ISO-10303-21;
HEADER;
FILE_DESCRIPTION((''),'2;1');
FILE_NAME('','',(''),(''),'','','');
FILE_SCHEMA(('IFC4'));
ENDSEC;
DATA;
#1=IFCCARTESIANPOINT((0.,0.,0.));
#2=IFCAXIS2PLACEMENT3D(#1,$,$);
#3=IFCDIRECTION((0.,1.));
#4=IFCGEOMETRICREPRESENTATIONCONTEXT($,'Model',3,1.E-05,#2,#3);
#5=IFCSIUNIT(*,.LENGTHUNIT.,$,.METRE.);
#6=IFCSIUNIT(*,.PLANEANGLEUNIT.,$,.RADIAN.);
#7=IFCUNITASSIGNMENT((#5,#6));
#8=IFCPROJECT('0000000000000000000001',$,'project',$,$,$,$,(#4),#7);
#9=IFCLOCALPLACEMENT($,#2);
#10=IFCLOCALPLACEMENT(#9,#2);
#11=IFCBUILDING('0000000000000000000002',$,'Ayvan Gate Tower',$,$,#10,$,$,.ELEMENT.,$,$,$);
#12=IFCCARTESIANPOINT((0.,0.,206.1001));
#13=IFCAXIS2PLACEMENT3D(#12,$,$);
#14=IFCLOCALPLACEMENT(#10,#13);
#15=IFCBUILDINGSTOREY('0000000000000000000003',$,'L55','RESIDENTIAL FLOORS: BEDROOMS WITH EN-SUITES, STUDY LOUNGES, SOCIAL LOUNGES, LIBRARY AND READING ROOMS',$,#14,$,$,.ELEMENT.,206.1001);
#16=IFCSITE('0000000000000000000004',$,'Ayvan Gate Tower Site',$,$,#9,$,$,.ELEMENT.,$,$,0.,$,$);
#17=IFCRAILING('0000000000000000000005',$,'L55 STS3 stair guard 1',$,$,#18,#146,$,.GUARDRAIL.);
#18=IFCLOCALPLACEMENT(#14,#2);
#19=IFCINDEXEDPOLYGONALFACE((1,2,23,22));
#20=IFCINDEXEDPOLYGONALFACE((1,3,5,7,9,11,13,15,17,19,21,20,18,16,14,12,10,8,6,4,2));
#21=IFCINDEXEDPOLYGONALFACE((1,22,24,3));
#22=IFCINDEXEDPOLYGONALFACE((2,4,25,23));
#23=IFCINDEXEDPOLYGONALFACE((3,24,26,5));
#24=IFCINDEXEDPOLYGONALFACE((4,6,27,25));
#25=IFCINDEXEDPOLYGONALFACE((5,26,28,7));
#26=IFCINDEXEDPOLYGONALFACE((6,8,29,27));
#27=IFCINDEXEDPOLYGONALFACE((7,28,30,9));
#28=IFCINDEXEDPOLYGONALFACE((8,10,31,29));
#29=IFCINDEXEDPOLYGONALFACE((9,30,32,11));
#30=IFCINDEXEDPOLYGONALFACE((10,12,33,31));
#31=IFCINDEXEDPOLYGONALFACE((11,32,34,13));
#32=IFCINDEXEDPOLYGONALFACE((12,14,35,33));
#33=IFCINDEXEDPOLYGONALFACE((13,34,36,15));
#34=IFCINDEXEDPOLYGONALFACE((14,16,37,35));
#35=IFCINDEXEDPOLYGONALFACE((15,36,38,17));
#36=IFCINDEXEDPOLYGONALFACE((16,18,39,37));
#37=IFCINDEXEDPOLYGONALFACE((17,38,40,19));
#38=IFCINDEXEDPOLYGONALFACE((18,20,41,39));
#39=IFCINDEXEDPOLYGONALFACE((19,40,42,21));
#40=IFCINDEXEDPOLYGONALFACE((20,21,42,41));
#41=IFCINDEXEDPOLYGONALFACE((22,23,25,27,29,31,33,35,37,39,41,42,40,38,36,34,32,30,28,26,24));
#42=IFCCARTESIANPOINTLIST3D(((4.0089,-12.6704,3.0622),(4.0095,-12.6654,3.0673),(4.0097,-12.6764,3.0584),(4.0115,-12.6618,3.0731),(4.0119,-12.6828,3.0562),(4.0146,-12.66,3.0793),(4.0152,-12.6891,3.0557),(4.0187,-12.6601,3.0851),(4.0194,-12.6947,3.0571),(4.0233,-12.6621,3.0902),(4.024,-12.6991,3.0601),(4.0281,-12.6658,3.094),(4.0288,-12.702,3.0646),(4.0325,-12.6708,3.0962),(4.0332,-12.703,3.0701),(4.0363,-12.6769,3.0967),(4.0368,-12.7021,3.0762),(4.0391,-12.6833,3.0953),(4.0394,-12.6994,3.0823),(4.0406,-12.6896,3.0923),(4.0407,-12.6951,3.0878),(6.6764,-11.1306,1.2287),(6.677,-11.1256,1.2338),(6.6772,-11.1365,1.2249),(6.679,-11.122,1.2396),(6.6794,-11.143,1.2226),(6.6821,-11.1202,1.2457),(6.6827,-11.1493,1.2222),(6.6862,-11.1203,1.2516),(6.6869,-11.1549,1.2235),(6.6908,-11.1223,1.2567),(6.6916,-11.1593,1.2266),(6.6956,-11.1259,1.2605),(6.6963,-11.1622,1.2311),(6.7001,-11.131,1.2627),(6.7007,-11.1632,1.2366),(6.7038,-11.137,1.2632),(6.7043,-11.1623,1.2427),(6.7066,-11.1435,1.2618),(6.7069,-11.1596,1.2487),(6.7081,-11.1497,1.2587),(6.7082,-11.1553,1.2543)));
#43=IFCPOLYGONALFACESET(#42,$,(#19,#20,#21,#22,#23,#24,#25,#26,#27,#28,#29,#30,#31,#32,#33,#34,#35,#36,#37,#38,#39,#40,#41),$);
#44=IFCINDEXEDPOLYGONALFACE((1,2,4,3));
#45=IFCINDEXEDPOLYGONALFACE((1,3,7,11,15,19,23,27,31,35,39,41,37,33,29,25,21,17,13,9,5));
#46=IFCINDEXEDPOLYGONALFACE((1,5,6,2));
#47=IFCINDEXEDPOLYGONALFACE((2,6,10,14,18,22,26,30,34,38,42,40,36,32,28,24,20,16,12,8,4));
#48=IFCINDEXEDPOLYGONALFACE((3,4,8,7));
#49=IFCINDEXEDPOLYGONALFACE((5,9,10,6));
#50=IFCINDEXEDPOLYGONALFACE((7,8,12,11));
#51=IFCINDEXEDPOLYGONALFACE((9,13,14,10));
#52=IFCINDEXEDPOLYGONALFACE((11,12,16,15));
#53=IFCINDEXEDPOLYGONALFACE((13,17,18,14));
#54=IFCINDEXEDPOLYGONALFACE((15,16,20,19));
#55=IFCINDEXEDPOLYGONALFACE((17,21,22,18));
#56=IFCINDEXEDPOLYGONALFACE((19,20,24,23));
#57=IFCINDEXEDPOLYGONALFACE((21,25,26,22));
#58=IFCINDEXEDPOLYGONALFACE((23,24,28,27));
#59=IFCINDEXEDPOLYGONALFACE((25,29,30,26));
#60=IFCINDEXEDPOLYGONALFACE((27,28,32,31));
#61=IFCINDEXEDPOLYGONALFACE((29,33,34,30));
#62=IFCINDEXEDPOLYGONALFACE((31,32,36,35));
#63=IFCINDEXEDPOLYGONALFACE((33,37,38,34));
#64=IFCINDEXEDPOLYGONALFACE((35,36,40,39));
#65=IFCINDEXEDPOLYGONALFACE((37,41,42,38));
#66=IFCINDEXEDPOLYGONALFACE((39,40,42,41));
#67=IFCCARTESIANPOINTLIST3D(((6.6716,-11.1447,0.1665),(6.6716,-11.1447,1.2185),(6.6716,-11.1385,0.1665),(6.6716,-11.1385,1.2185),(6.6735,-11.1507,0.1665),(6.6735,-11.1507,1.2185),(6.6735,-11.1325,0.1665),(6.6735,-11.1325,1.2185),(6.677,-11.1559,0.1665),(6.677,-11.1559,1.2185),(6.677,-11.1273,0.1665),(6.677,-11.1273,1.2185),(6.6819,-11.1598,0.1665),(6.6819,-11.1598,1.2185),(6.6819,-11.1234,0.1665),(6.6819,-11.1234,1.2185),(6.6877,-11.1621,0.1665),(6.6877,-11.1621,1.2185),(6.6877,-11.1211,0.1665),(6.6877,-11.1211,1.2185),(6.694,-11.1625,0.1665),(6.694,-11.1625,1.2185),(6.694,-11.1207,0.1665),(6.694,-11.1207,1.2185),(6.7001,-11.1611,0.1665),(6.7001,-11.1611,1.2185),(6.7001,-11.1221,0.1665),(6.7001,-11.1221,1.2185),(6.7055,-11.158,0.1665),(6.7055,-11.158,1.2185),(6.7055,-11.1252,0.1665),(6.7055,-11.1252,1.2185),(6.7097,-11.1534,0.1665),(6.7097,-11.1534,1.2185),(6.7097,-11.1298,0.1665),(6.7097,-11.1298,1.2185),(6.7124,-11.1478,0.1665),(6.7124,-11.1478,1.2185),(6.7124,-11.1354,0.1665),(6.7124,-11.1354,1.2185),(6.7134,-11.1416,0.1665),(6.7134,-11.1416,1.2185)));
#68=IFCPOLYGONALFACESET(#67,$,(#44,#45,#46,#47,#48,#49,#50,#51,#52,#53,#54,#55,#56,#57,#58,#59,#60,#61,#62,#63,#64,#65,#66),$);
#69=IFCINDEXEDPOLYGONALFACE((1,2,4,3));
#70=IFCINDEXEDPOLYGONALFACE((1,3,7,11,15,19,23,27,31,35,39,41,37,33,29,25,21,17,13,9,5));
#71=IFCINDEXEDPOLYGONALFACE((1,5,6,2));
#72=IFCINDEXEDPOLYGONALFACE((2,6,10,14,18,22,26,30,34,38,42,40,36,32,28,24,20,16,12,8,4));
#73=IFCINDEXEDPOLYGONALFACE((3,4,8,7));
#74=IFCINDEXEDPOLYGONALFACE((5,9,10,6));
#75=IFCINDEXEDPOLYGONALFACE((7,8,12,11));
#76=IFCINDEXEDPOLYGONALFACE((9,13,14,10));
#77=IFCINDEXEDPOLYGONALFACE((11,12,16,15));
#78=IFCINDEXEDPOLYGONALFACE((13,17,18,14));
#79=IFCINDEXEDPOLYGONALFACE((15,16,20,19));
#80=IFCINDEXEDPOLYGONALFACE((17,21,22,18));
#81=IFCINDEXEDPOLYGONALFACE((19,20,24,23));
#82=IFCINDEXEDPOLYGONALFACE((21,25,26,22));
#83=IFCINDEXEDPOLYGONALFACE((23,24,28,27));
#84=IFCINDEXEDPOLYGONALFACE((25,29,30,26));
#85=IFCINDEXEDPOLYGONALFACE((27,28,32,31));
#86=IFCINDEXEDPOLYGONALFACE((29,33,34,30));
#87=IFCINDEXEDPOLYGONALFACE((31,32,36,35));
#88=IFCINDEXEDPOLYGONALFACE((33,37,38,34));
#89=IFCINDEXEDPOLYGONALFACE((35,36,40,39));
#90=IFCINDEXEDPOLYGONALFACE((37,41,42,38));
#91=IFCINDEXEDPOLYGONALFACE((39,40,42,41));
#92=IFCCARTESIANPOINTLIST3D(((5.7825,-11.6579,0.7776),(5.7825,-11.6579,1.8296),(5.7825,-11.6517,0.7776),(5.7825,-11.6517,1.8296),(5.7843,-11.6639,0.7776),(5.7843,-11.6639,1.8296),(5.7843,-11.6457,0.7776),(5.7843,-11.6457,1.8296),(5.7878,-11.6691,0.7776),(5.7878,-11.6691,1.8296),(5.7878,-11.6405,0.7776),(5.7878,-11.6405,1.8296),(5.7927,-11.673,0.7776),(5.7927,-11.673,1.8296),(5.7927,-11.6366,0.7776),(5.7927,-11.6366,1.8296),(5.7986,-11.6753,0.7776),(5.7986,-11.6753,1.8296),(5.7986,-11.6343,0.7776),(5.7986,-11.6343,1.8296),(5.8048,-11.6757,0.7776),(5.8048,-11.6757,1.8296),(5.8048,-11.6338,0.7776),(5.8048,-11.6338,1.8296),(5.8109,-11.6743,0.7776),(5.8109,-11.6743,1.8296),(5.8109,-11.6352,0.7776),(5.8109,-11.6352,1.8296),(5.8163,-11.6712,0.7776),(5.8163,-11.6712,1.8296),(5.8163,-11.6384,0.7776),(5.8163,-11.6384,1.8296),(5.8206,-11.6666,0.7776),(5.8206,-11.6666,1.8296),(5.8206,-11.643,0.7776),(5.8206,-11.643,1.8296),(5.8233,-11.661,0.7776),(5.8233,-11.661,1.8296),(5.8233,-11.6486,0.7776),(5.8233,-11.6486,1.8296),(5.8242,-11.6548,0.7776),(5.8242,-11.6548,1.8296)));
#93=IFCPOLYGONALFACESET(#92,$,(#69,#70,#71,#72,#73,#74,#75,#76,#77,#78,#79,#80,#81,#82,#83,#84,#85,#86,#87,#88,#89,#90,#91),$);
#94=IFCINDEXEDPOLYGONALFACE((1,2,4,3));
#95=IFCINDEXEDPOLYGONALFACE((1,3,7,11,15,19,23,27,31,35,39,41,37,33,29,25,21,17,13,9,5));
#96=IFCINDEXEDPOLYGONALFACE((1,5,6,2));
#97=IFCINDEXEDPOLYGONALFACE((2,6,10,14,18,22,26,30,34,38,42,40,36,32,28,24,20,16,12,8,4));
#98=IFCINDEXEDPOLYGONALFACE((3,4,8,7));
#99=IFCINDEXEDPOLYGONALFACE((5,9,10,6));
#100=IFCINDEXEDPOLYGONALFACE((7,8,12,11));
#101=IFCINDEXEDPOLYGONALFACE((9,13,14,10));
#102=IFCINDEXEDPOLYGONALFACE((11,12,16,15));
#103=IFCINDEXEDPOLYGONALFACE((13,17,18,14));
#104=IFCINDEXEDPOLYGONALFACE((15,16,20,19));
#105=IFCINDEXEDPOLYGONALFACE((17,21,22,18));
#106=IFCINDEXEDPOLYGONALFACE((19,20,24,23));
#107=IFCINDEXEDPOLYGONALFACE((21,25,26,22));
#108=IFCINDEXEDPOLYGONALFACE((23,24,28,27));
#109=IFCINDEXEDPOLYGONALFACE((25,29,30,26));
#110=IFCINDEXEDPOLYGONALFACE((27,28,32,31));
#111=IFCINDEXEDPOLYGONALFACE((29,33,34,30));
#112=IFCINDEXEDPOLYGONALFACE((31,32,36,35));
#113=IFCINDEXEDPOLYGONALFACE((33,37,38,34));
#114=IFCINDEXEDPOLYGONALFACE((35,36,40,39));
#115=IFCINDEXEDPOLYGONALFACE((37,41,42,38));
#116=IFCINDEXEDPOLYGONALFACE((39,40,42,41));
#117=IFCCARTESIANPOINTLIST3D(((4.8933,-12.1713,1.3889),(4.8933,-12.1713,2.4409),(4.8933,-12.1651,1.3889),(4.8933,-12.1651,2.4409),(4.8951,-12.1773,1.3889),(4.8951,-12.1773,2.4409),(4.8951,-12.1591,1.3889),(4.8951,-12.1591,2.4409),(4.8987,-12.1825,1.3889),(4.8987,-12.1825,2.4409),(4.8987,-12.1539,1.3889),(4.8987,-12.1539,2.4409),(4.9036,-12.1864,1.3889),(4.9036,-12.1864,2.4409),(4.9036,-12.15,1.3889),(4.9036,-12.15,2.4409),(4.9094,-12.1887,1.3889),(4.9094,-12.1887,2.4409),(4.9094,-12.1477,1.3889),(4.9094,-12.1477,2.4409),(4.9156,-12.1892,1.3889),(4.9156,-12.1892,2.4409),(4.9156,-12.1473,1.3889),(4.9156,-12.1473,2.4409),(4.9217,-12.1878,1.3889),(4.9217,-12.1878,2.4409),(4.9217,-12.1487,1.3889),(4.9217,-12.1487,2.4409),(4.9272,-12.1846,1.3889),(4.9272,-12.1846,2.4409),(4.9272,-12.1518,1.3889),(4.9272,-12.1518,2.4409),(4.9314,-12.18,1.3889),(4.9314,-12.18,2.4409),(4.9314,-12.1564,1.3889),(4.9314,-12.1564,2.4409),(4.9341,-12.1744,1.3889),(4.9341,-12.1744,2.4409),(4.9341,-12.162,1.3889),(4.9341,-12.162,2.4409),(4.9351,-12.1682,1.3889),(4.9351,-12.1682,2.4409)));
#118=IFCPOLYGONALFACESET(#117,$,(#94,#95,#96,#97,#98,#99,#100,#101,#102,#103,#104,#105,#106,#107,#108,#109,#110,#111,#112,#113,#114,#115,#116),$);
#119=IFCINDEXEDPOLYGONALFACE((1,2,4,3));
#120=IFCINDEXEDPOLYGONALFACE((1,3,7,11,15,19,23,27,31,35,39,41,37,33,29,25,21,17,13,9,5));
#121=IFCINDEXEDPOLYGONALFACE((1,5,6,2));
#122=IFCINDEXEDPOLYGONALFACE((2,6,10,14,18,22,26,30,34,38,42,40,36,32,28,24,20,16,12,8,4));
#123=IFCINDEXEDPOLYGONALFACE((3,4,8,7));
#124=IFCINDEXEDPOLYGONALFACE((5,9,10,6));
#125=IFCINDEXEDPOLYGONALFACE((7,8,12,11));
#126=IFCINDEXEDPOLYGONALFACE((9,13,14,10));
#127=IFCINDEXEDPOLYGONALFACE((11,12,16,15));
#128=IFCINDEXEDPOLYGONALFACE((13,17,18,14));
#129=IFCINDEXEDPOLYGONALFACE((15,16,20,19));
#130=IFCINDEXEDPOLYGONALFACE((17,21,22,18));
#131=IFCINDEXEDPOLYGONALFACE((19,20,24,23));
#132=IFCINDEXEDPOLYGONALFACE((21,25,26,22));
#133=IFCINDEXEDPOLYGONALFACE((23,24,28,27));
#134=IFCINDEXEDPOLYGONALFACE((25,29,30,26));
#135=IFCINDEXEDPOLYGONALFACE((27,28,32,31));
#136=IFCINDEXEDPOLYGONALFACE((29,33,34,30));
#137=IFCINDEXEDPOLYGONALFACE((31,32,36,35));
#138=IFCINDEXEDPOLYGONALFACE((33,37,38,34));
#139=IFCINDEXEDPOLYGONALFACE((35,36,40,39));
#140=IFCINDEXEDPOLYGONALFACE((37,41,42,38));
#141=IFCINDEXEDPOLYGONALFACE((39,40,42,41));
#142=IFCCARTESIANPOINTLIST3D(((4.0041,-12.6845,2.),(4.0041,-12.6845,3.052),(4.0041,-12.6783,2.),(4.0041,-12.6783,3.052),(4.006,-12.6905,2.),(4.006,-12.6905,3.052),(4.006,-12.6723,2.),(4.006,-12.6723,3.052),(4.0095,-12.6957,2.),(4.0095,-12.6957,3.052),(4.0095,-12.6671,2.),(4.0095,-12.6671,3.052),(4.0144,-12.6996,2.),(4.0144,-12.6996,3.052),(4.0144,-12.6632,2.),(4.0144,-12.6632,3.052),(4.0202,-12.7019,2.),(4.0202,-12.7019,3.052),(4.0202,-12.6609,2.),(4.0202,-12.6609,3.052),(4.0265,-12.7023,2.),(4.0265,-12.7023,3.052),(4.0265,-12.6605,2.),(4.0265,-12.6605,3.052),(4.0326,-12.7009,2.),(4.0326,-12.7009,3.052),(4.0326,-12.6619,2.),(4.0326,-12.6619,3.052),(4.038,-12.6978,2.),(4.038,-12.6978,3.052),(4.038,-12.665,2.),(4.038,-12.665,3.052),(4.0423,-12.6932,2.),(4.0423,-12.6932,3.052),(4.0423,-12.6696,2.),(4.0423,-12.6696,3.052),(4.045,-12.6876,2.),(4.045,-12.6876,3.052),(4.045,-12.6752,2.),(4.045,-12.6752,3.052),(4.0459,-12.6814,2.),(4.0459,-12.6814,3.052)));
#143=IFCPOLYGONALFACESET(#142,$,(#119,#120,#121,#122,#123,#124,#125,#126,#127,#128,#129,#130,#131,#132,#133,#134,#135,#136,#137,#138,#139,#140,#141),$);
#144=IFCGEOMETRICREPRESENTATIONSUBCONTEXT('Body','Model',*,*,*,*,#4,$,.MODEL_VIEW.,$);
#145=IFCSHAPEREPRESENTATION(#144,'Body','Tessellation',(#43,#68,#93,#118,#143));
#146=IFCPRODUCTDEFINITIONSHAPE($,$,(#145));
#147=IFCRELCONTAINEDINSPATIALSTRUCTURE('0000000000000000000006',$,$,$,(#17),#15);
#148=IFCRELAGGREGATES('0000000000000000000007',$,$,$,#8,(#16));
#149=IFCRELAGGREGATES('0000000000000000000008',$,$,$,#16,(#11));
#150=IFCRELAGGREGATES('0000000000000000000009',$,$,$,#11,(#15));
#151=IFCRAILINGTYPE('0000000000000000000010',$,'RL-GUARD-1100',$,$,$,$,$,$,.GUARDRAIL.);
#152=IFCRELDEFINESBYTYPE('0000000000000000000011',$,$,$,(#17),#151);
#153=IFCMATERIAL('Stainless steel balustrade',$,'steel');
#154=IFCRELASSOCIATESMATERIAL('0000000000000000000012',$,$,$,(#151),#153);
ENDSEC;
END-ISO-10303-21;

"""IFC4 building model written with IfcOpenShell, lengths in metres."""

from ifc_helpers import new_model, si_unit, direction, frame, origin, origin_2d, place, context, subcontext, project, spatial, circle, extrude, material, type_object, element, save


model = new_model("IFC4")

# Units and contexts
model_context = context("Model", 3, precision=1e-05, world=origin(), true_north=direction((0.0, 1.0)))
body_context = subcontext(model_context, "Body", "Model", "MODEL_VIEW")
ifc_project = project(units=[si_unit("LENGTHUNIT", "METRE"), si_unit("PLANEANGLEUNIT", "RADIAN")], contexts=[model_context])

# Site, building, storey
site_placement = place(None, origin())
site = spatial("IfcSite", under=ifc_project, at=site_placement, Name="Ayvan Gate Tower Site", CompositionType="ELEMENT", RefElevation=0.0)
building_placement = place(site_placement, origin())
building = spatial("IfcBuilding", under=site, at=building_placement, Name="Ayvan Gate Tower", CompositionType="ELEMENT")
storey_placement = place(building_placement, frame((0.0, 0.0, 206.1001)))
storey = spatial("IfcBuildingStorey", under=building, at=storey_placement, Name="L55", Description="RESIDENTIAL FLOORS: BEDROOMS WITH EN-SUITES, STUDY LOUNGES, SOCIAL LOUNGES, LIBRARY AND READING ROOMS", CompositionType="ELEMENT", Elevation=206.1001)

# Railing
ifc_material_1 = material(Name="Stainless steel balustrade", Category="steel")
railing_type_1 = type_object("IfcRailingType", Name="RL-GUARD-1100", PredefinedType="GUARDRAIL", material=ifc_material_1)
railing_1_placement = place(storey_placement, frame((6.6924, -11.1416, 0.1665)))
element("IfcRailing", 1, at=railing_1_placement, inside=storey, type_object=railing_type_1, Name="L55 STS3 stair guard 1", PredefinedType="GUARDRAIL", context=body_context, shape_type="SweptSolid", body=[
    extrude(circle(Radius=0.0239, at=origin_2d()), frame((0.0, 0.0, 1.0762), z_axis=(-0.744186, -0.429579, 0.511517), x_axis=(0.499933, -0.866064, 0.0)), (0.0, 0.0, 1.0), 3.5845),
    extrude(circle(Radius=0.021, at=origin_2d()), origin(), (0.0, 0.0, 1.0), 1.052),
    extrude(circle(Radius=0.021, at=origin_2d()), frame((-0.8892, -0.5132, 0.6111)), (0.0, 0.0, 1.0), 1.052),
    extrude(circle(Radius=0.021, at=origin_2d()), frame((-1.7783, -1.0266, 1.2224)), (0.0, 0.0, 1.0), 1.052),
    extrude(circle(Radius=0.021, at=origin_2d()), frame((-2.6675, -1.5398, 1.8335)), (0.0, 0.0, 1.0), 1.052),
])

save(model, "model.ifc")
